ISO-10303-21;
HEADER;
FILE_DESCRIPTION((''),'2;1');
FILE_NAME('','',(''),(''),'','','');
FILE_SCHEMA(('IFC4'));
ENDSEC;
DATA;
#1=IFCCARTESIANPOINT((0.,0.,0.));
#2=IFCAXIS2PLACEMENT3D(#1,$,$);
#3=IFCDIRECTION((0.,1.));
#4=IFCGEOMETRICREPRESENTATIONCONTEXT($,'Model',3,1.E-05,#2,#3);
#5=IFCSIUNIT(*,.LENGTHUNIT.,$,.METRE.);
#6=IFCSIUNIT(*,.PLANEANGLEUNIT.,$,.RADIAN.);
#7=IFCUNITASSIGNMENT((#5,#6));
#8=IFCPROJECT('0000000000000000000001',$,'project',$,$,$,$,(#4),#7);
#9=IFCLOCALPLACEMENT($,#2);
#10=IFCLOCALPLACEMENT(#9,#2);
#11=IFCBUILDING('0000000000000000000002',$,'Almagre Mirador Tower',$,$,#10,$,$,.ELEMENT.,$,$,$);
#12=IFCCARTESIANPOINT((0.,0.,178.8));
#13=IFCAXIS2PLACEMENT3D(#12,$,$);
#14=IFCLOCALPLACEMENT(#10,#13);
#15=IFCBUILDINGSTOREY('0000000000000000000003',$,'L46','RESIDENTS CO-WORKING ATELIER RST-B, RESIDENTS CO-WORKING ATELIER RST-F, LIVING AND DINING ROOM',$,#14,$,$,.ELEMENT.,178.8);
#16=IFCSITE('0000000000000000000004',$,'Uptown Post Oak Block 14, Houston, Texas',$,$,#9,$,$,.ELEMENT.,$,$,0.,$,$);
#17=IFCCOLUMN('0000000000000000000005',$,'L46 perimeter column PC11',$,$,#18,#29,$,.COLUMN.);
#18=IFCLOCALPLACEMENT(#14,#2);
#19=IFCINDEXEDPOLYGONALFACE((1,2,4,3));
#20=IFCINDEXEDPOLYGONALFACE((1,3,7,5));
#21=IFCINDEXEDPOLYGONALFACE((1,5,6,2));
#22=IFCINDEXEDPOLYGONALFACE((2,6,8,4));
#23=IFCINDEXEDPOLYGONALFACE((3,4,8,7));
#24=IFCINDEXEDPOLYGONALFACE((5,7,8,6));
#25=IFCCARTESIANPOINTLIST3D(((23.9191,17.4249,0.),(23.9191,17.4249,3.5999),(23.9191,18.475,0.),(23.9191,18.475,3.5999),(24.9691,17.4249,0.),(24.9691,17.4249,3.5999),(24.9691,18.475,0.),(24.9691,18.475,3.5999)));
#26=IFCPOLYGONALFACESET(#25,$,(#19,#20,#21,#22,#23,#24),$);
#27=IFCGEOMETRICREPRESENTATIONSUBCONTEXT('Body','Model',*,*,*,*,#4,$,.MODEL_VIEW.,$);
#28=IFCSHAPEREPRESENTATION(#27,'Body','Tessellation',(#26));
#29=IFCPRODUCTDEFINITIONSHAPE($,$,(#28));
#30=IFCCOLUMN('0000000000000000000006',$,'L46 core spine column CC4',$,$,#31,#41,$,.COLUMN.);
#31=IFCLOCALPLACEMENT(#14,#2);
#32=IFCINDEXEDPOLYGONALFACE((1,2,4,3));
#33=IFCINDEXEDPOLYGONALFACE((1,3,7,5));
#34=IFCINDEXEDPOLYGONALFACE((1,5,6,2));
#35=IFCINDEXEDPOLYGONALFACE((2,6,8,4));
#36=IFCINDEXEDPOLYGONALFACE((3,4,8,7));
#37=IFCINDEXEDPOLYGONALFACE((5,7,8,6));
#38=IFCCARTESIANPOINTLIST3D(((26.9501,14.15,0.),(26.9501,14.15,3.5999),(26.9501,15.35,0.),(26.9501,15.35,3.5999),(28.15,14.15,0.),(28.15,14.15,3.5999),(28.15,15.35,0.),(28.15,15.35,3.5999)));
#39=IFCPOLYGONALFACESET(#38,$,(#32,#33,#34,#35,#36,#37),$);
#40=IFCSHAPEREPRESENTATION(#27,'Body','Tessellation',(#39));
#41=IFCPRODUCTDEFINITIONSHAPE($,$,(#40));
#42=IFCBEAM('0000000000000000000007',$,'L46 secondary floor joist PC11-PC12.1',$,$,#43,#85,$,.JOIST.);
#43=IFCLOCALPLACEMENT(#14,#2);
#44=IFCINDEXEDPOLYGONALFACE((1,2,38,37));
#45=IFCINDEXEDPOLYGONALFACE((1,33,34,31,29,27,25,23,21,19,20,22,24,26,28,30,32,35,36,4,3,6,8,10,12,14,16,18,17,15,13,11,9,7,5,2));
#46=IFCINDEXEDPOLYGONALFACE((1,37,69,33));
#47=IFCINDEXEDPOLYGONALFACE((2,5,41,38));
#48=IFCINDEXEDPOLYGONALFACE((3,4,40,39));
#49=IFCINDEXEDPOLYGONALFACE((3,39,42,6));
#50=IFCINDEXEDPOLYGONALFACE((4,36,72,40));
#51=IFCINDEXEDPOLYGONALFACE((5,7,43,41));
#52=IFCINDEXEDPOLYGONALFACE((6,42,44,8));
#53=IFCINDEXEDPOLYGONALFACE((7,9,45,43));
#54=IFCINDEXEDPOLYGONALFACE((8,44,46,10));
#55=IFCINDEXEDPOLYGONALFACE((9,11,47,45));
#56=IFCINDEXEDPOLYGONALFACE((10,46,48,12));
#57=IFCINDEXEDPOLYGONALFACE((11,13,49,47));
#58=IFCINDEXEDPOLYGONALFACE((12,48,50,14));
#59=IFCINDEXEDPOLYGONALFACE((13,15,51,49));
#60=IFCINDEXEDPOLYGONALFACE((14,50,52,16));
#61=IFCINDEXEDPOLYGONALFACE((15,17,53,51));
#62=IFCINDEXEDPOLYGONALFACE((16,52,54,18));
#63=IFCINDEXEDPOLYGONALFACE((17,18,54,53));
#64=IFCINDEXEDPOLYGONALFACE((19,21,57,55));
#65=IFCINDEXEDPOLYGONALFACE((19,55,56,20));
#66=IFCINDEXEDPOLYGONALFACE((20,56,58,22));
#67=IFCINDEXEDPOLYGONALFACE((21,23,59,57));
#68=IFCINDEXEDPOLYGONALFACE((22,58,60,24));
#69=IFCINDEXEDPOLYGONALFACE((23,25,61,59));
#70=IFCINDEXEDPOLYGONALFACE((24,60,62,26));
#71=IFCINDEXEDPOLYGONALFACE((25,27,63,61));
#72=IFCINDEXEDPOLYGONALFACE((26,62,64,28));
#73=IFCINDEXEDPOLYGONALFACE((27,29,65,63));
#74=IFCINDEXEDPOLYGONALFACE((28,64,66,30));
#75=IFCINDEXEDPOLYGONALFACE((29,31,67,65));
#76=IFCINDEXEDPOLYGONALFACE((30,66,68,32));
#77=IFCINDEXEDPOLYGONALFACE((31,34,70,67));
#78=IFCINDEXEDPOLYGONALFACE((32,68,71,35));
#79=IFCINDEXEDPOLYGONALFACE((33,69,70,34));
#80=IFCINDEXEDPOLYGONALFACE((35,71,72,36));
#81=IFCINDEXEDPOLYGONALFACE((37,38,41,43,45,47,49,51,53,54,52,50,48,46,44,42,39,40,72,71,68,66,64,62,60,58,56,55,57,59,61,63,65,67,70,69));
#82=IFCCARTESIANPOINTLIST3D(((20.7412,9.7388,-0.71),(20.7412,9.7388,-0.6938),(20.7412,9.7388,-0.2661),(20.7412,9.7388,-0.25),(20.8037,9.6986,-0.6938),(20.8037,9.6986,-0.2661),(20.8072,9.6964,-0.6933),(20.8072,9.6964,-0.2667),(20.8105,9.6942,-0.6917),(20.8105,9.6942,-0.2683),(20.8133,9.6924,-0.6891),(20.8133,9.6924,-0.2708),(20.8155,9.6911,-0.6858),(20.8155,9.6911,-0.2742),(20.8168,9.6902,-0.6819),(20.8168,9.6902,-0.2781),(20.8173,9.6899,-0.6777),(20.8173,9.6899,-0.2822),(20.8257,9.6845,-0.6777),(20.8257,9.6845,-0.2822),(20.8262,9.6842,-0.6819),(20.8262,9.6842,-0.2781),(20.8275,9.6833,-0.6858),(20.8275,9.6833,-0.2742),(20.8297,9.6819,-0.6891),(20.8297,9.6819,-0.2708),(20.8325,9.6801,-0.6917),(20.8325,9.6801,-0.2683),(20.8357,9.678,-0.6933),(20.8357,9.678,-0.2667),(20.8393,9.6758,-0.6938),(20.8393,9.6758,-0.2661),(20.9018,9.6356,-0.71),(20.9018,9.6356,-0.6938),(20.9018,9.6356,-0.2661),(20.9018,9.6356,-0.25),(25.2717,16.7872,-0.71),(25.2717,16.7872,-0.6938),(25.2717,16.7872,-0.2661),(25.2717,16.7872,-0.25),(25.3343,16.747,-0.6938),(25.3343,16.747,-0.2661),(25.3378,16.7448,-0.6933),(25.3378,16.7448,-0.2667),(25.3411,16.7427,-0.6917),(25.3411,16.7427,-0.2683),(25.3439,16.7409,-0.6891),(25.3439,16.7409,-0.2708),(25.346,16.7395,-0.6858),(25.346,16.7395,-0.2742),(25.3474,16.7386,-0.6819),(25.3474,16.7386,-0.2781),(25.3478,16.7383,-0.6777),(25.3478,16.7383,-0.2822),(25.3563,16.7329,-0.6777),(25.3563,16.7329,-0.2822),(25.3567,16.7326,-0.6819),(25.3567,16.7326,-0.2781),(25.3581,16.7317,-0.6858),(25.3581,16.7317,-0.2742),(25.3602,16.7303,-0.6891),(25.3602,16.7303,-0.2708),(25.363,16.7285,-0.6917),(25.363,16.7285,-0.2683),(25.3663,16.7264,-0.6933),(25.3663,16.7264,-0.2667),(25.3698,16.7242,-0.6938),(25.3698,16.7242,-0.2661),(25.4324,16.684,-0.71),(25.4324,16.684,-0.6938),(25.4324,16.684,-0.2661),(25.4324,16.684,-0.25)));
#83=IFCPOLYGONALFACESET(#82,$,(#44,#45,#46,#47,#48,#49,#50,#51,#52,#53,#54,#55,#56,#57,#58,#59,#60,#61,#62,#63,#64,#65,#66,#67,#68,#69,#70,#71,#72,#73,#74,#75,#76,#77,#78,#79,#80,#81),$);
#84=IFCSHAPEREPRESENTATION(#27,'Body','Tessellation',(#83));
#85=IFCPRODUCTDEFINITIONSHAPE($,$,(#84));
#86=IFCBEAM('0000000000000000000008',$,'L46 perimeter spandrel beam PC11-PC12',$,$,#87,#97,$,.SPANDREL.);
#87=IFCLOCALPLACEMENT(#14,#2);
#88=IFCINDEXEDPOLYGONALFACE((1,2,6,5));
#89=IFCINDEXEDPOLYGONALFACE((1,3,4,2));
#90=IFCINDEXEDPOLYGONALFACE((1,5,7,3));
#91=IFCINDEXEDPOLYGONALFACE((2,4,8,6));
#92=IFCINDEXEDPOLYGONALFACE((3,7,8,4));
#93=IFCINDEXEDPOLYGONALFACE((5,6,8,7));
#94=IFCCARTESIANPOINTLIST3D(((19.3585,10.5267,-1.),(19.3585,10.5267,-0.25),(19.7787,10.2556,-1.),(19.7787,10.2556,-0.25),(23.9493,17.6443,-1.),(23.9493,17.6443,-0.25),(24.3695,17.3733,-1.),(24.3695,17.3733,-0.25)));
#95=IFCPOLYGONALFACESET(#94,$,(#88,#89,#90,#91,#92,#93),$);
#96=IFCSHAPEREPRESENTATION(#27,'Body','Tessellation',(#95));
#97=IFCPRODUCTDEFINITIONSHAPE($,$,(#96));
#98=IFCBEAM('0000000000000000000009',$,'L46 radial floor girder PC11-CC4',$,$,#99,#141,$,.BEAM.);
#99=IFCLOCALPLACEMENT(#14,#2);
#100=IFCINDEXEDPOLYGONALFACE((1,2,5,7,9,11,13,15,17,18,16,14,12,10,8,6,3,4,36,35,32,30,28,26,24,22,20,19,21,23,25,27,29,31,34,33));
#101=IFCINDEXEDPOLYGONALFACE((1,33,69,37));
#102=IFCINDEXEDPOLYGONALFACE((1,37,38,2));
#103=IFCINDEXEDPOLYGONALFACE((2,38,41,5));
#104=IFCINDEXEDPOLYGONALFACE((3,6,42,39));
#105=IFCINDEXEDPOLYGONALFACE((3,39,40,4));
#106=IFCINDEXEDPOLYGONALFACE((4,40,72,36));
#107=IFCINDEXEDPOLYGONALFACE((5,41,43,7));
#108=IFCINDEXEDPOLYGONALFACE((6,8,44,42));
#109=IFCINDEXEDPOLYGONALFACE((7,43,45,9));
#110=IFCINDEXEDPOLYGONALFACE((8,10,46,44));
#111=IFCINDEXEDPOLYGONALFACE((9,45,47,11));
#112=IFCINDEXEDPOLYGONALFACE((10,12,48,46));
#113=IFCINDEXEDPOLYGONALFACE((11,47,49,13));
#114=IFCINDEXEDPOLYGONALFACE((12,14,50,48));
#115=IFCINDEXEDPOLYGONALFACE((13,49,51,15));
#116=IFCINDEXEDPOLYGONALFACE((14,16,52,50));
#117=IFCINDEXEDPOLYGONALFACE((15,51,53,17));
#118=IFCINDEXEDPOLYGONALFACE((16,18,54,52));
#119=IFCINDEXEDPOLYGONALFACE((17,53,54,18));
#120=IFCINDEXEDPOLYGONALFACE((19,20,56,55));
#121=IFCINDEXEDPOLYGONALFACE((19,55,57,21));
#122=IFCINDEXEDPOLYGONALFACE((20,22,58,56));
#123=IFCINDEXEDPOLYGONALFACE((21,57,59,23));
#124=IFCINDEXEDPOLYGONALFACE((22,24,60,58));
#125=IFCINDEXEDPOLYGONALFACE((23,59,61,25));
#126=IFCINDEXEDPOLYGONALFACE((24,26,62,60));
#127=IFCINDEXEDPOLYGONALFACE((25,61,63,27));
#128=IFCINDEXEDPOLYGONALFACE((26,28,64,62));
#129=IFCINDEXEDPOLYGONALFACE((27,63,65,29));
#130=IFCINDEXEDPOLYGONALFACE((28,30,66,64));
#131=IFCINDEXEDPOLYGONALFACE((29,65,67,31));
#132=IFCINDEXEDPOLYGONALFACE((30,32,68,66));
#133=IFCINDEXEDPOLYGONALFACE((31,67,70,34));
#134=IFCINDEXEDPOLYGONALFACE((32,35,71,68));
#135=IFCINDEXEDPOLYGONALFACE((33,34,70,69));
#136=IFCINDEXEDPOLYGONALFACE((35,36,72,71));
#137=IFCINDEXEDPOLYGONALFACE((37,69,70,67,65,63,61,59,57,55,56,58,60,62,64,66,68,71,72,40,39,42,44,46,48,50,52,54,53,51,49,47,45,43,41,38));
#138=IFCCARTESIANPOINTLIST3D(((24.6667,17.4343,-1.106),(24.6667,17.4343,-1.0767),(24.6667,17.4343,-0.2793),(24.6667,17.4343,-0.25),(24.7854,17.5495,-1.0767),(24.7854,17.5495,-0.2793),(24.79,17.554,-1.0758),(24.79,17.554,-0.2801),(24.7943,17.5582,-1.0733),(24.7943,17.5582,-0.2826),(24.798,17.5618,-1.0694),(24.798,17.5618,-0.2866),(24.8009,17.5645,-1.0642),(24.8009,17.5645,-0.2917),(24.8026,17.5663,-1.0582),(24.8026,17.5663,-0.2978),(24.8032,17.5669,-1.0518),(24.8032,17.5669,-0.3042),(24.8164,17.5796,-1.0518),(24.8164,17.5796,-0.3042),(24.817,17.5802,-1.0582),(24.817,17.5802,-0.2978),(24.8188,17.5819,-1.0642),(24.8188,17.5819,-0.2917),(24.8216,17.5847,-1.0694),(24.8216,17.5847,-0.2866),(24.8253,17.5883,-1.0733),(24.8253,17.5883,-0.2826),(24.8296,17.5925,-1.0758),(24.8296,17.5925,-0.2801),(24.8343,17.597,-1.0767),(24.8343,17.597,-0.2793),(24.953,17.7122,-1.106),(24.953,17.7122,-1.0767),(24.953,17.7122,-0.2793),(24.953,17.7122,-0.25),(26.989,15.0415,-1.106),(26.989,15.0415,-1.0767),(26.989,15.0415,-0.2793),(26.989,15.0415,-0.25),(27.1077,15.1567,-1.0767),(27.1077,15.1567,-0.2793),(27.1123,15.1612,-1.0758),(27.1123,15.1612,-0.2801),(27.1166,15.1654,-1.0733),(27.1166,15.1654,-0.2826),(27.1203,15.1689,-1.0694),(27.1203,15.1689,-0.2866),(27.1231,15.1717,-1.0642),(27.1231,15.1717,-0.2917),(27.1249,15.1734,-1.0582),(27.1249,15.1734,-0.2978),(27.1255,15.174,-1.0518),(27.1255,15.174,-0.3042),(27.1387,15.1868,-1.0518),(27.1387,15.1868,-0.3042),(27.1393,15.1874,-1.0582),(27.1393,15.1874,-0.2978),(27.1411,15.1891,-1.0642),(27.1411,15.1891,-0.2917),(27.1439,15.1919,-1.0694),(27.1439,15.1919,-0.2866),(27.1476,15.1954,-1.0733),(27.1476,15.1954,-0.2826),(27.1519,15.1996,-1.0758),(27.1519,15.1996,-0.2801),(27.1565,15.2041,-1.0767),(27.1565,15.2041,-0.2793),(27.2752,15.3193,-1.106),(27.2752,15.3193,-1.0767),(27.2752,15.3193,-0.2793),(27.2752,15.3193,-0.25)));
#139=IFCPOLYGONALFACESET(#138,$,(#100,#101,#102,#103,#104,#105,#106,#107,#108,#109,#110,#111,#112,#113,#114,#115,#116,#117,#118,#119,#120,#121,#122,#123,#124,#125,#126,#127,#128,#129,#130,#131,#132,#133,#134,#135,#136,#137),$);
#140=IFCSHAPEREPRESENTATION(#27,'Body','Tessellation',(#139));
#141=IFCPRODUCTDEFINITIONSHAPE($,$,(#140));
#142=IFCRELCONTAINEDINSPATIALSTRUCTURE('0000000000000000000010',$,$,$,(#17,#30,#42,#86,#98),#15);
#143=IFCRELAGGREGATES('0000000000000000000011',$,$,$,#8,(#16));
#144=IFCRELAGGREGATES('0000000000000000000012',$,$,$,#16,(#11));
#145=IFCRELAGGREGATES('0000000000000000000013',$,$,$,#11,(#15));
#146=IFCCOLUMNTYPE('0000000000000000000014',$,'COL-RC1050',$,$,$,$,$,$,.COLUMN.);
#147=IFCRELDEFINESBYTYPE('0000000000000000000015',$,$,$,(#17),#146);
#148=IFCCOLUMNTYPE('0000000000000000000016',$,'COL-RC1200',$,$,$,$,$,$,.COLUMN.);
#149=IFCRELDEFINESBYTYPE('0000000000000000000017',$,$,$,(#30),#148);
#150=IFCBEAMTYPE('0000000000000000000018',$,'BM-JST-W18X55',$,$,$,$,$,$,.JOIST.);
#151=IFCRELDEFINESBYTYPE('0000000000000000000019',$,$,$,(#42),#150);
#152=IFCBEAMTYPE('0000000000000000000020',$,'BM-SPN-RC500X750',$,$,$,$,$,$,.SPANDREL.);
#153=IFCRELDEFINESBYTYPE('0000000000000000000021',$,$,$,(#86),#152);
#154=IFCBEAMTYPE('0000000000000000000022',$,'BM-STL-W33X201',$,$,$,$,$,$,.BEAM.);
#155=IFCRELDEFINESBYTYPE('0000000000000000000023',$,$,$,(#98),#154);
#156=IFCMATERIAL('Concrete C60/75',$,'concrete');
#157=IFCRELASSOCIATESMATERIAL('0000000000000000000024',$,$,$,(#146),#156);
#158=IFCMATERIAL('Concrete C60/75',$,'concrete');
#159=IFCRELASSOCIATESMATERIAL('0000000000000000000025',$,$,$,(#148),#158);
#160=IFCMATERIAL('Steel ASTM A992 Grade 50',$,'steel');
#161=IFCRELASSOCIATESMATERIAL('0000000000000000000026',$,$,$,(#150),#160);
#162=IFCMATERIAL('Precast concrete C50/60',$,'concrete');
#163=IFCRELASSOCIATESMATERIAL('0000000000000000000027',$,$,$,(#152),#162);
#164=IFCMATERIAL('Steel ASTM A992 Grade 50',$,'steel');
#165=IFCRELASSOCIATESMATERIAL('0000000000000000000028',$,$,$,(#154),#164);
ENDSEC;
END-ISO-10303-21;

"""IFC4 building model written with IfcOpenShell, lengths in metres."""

from ifc_helpers import new_model, si_unit, direction, frame, origin, origin_2d, place, context, subcontext, project, spatial, rectangle, i_section, extrude, material, material_profile, profile_set, type_object, element, save


model = new_model("IFC4")

# Units and contexts
model_context = context("Model", 3, precision=1e-05, world=origin(), true_north=direction((0.0, 1.0)))
body_context = subcontext(model_context, "Body", "Model", "MODEL_VIEW")
ifc_project = project(units=[si_unit("LENGTHUNIT", "METRE"), si_unit("PLANEANGLEUNIT", "RADIAN")], contexts=[model_context])

# Site, building, storey
site_placement = place(None, origin())
site = spatial("IfcSite", under=ifc_project, at=site_placement, Name="Uptown Post Oak Block 14, Houston, Texas", CompositionType="ELEMENT", RefElevation=0.0)
building_placement = place(site_placement, origin())
building = spatial("IfcBuilding", under=site, at=building_placement, Name="Almagre Mirador Tower", CompositionType="ELEMENT")
storey_placement = place(building_placement, frame((0.0, 0.0, 178.8)))
storey = spatial("IfcBuildingStorey", under=building, at=storey_placement, Name="L46", Description="RESIDENTS CO-WORKING ATELIER RST-B, RESIDENTS CO-WORKING ATELIER RST-F, LIVING AND DINING ROOM", CompositionType="ELEMENT", Elevation=178.8)

# Columns
ifc_material_1 = material(Name="Concrete C60/75", Category="concrete")
ifc_material_profile_1 = material_profile(ifc_material_1, rectangle(XDim=1.05, YDim=1.05, at=origin_2d()), Name="RC1050X1050")
ifc_profile_set_1 = profile_set([ifc_material_profile_1], Name="Concrete C60/75")
column_type_1 = type_object("IfcColumnType", Name="COL-RC1050", PredefinedType="COLUMN", material=ifc_profile_set_1)
column_1_placement = place(storey_placement, frame((24.4441, 17.95, 0.0), z_axis=(0.0, 0.0, 1.0), x_axis=(1.0, 0.0, 0.0)))
element("IfcColumn", 1, at=column_1_placement, inside=storey, type_object=column_type_1, Name="L46 perimeter column PC11", PredefinedType="COLUMN", context=body_context, shape_type="SweptSolid", body=[
    extrude(rectangle(XDim=1.05, YDim=1.05, at=origin_2d()), origin(), (0.0, 0.0, 1.0), 3.5999),
])
ifc_material_2 = material(Name="Concrete C60/75", Category="concrete")
ifc_material_profile_2 = material_profile(ifc_material_2, rectangle(XDim=1.2, YDim=1.2, at=origin_2d()), Name="RC1200X1200")
ifc_profile_set_2 = profile_set([ifc_material_profile_2], Name="Concrete C60/75")
column_type_2 = type_object("IfcColumnType", Name="COL-RC1200", PredefinedType="COLUMN", material=ifc_profile_set_2)
column_2_placement = place(storey_placement, frame((27.55, 14.75, 0.0), z_axis=(0.0, 0.0, 1.0), x_axis=(1.0, 0.0, 0.0)))
element("IfcColumn", 2, at=column_2_placement, inside=storey, type_object=column_type_2, Name="L46 core spine column CC4", PredefinedType="COLUMN", context=body_context, shape_type="SweptSolid", body=[
    extrude(rectangle(XDim=1.2, YDim=1.2, at=origin_2d()), origin(), (0.0, 0.0, 1.0), 3.5999),
])

# Beams
ifc_material_3 = material(Name="Steel ASTM A992 Grade 50", Category="steel")
ifc_material_profile_3 = material_profile(ifc_material_3, i_section(OverallWidth=0.1909, OverallDepth=0.46, WebThickness=0.01, FlangeThickness=0.0161, FilletRadius=0.0161, at=origin_2d()), Name="W18X55")
ifc_profile_set_3 = profile_set([ifc_material_profile_3], Name="Steel ASTM A992 Grade 50")
beam_type_1 = type_object("IfcBeamType", Name="BM-JST-W18X55", PredefinedType="JOIST", material=ifc_profile_set_3)
beam_1_placement = place(storey_placement, frame((25.3521, 16.7356, -0.48), z_axis=(-0.54071, -0.841209, 0.0), x_axis=(0.841209, -0.54071, 0.0)))
element("IfcBeam", 3, at=beam_1_placement, inside=storey, type_object=beam_type_1, Name="L46 secondary floor joist PC11-PC12.1", PredefinedType="JOIST", context=body_context, shape_type="SweptSolid", body=[
    extrude(i_section(OverallWidth=0.1909, OverallDepth=0.46, WebThickness=0.01, FlangeThickness=0.0161, FilletRadius=0.0161, at=origin_2d()), origin(), (0.0, 0.0, 1.0), 8.3789),
])
ifc_material_4 = material(Name="Precast concrete C50/60", Category="concrete")
ifc_material_profile_4 = material_profile(ifc_material_4, rectangle(XDim=0.5, YDim=0.75, at=origin_2d()), Name="RC500X750")
ifc_profile_set_4 = profile_set([ifc_material_profile_4], Name="Precast concrete C50/60")
beam_type_2 = type_object("IfcBeamType", Name="BM-SPN-RC500X750", PredefinedType="SPANDREL", material=ifc_profile_set_4)
beam_2_placement = place(storey_placement, frame((24.1594, 17.5088, -0.625), z_axis=(-0.542024, -0.840363, 0.0), x_axis=(0.840363, -0.542024, 0.0)))
element("IfcBeam", 4, at=beam_2_placement, inside=storey, type_object=beam_type_2, Name="L46 perimeter spandrel beam PC11-PC12", PredefinedType="SPANDREL", context=body_context, shape_type="SweptSolid", body=[
    extrude(rectangle(XDim=0.5, YDim=0.75, at=origin_2d()), origin(), (0.0, 0.0, 1.0), 8.4697),
])
ifc_material_5 = material(Name="Steel ASTM A992 Grade 50", Category="steel")
ifc_material_profile_5 = material_profile(ifc_material_5, i_section(OverallWidth=0.3989, OverallDepth=0.856, WebThickness=0.0183, FlangeThickness=0.0293, FilletRadius=0.0249, at=origin_2d()), Name="W33X201")
ifc_profile_set_5 = profile_set([ifc_material_profile_5], Name="Steel ASTM A992 Grade 50")
beam_type_3 = type_object("IfcBeamType", Name="BM-STL-W33X201", PredefinedType="BEAM", material=ifc_profile_set_5)
beam_3_placement = place(storey_placement, frame((24.8098, 17.5732, -0.678), z_axis=(0.696448, -0.717608, 0.0), x_axis=(0.717608, 0.696448, 0.0)))
element("IfcBeam", 5, at=beam_3_placement, inside=storey, type_object=beam_type_3, Name="L46 radial floor girder PC11-CC4", PredefinedType="BEAM", context=body_context, shape_type="SweptSolid", body=[
    extrude(i_section(OverallWidth=0.3989, OverallDepth=0.856, WebThickness=0.0183, FlangeThickness=0.0293, FilletRadius=0.0249, at=origin_2d()), origin(), (0.0, 0.0, 1.0), 3.3345),
])

save(model, "model.ifc")
